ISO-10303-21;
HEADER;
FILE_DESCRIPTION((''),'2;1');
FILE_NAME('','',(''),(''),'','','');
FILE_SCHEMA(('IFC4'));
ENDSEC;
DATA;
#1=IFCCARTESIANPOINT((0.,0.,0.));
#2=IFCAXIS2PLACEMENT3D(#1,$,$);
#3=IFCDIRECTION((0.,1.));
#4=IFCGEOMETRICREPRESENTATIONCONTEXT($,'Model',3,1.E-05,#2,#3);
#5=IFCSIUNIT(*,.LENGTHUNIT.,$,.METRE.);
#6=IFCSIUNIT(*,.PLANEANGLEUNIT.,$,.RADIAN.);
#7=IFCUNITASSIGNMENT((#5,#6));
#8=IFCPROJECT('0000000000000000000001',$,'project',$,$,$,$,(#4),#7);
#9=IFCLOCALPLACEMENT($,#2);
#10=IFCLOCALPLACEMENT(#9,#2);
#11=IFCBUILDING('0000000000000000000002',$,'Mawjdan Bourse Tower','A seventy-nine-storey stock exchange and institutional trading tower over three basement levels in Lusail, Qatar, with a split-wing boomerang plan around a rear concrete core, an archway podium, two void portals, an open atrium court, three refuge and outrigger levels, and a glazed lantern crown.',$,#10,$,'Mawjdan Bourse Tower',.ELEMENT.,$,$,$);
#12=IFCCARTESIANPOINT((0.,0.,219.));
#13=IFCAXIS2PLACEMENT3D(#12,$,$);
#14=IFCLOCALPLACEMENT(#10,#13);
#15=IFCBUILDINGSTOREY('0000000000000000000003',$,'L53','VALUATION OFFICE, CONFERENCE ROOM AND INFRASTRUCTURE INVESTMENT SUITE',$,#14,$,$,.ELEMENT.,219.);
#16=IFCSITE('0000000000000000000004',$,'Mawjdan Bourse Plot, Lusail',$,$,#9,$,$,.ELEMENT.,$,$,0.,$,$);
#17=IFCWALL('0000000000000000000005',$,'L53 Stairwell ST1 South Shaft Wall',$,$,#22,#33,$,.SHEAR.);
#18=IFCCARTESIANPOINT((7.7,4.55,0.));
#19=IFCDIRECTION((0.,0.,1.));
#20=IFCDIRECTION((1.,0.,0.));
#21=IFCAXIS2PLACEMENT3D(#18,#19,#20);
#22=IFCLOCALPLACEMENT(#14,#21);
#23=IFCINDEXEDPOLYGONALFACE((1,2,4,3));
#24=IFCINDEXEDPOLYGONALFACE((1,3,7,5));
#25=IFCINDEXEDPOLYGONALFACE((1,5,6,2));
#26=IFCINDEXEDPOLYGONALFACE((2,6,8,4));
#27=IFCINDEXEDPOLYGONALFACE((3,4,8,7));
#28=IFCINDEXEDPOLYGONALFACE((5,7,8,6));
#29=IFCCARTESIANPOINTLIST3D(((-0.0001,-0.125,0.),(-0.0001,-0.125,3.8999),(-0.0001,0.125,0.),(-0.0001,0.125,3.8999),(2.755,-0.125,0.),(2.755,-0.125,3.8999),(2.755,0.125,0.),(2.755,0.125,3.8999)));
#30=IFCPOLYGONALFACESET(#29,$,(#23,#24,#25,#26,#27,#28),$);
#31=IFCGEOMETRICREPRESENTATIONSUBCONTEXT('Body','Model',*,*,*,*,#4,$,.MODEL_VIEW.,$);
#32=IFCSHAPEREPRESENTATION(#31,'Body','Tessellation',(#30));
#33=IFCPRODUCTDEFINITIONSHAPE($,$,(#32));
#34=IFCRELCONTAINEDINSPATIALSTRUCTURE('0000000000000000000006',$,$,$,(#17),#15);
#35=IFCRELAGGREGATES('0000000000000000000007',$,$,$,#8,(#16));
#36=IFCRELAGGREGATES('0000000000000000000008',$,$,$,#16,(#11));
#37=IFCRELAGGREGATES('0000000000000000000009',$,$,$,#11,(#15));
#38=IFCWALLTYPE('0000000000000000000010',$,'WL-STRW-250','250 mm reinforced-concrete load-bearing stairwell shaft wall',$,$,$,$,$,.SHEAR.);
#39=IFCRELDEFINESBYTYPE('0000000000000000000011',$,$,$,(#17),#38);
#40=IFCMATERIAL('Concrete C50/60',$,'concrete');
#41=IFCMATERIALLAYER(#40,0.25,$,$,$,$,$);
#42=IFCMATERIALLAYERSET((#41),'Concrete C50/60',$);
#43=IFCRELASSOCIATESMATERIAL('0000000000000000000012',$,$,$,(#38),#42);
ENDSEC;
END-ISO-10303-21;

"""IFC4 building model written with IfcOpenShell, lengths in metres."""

from ifc_helpers import new_model, si_unit, direction, frame, frame_2d, origin, place, context, subcontext, project, spatial, rectangle, extrude, material, layer, layer_set, type_object, element, save


model = new_model("IFC4")

# Units and contexts
model_context = context("Model", 3, precision=1e-05, world=origin(), true_north=direction((0.0, 1.0)))
body_context = subcontext(model_context, "Body", "Model", "MODEL_VIEW")
ifc_project = project(units=[si_unit("LENGTHUNIT", "METRE"), si_unit("PLANEANGLEUNIT", "RADIAN")], contexts=[model_context])

# Site, building, storey
site_placement = place(None, origin())
site = spatial("IfcSite", under=ifc_project, at=site_placement, Name="Mawjdan Bourse Plot, Lusail", CompositionType="ELEMENT", RefElevation=0.0)
building_placement = place(site_placement, origin())
building = spatial("IfcBuilding", under=site, at=building_placement, Name="Mawjdan Bourse Tower", Description="A seventy-nine-storey stock exchange and institutional trading tower over three basement levels in Lusail, Qatar, with a split-wing boomerang plan around a rear concrete core, an archway podium, two void portals, an open atrium court, three refuge and outrigger levels, and a glazed lantern crown.", LongName="Mawjdan Bourse Tower", CompositionType="ELEMENT")
storey_placement = place(building_placement, frame((0.0, 0.0, 219.0)))
storey = spatial("IfcBuildingStorey", under=building, at=storey_placement, Name="L53", Description="VALUATION OFFICE, CONFERENCE ROOM AND INFRASTRUCTURE INVESTMENT SUITE", CompositionType="ELEMENT", Elevation=219.0)

# Shared definitions
ifc_material_1 = material(Name="Concrete C50/60", Category="concrete")

# Wall
ifc_layer_1 = layer(ifc_material_1, 0.25)
ifc_layer_set_1 = layer_set([ifc_layer_1], Name="Concrete C50/60")
wall_type_1 = type_object("IfcWallType", Name="WL-STRW-250", Description="250 mm reinforced-concrete load-bearing stairwell shaft wall", PredefinedType="SHEAR", material=ifc_layer_set_1)
wall_1_placement = place(storey_placement, frame((7.7, 4.55, 0.0), z_axis=(0.0, 0.0, 1.0), x_axis=(1.0, 0.0, 0.0)))
element("IfcWall", 1, at=wall_1_placement, inside=storey, type_object=wall_type_1, Name="L53 Stairwell ST1 South Shaft Wall", PredefinedType="SHEAR", context=body_context, shape_type="SweptSolid", body=[
    extrude(rectangle(XDim=2.7551, YDim=0.25, at=frame_2d((1.3774, 0.0))), origin(), (0.0, 0.0, 1.0), 3.8999),
])

save(model, "model.ifc")
